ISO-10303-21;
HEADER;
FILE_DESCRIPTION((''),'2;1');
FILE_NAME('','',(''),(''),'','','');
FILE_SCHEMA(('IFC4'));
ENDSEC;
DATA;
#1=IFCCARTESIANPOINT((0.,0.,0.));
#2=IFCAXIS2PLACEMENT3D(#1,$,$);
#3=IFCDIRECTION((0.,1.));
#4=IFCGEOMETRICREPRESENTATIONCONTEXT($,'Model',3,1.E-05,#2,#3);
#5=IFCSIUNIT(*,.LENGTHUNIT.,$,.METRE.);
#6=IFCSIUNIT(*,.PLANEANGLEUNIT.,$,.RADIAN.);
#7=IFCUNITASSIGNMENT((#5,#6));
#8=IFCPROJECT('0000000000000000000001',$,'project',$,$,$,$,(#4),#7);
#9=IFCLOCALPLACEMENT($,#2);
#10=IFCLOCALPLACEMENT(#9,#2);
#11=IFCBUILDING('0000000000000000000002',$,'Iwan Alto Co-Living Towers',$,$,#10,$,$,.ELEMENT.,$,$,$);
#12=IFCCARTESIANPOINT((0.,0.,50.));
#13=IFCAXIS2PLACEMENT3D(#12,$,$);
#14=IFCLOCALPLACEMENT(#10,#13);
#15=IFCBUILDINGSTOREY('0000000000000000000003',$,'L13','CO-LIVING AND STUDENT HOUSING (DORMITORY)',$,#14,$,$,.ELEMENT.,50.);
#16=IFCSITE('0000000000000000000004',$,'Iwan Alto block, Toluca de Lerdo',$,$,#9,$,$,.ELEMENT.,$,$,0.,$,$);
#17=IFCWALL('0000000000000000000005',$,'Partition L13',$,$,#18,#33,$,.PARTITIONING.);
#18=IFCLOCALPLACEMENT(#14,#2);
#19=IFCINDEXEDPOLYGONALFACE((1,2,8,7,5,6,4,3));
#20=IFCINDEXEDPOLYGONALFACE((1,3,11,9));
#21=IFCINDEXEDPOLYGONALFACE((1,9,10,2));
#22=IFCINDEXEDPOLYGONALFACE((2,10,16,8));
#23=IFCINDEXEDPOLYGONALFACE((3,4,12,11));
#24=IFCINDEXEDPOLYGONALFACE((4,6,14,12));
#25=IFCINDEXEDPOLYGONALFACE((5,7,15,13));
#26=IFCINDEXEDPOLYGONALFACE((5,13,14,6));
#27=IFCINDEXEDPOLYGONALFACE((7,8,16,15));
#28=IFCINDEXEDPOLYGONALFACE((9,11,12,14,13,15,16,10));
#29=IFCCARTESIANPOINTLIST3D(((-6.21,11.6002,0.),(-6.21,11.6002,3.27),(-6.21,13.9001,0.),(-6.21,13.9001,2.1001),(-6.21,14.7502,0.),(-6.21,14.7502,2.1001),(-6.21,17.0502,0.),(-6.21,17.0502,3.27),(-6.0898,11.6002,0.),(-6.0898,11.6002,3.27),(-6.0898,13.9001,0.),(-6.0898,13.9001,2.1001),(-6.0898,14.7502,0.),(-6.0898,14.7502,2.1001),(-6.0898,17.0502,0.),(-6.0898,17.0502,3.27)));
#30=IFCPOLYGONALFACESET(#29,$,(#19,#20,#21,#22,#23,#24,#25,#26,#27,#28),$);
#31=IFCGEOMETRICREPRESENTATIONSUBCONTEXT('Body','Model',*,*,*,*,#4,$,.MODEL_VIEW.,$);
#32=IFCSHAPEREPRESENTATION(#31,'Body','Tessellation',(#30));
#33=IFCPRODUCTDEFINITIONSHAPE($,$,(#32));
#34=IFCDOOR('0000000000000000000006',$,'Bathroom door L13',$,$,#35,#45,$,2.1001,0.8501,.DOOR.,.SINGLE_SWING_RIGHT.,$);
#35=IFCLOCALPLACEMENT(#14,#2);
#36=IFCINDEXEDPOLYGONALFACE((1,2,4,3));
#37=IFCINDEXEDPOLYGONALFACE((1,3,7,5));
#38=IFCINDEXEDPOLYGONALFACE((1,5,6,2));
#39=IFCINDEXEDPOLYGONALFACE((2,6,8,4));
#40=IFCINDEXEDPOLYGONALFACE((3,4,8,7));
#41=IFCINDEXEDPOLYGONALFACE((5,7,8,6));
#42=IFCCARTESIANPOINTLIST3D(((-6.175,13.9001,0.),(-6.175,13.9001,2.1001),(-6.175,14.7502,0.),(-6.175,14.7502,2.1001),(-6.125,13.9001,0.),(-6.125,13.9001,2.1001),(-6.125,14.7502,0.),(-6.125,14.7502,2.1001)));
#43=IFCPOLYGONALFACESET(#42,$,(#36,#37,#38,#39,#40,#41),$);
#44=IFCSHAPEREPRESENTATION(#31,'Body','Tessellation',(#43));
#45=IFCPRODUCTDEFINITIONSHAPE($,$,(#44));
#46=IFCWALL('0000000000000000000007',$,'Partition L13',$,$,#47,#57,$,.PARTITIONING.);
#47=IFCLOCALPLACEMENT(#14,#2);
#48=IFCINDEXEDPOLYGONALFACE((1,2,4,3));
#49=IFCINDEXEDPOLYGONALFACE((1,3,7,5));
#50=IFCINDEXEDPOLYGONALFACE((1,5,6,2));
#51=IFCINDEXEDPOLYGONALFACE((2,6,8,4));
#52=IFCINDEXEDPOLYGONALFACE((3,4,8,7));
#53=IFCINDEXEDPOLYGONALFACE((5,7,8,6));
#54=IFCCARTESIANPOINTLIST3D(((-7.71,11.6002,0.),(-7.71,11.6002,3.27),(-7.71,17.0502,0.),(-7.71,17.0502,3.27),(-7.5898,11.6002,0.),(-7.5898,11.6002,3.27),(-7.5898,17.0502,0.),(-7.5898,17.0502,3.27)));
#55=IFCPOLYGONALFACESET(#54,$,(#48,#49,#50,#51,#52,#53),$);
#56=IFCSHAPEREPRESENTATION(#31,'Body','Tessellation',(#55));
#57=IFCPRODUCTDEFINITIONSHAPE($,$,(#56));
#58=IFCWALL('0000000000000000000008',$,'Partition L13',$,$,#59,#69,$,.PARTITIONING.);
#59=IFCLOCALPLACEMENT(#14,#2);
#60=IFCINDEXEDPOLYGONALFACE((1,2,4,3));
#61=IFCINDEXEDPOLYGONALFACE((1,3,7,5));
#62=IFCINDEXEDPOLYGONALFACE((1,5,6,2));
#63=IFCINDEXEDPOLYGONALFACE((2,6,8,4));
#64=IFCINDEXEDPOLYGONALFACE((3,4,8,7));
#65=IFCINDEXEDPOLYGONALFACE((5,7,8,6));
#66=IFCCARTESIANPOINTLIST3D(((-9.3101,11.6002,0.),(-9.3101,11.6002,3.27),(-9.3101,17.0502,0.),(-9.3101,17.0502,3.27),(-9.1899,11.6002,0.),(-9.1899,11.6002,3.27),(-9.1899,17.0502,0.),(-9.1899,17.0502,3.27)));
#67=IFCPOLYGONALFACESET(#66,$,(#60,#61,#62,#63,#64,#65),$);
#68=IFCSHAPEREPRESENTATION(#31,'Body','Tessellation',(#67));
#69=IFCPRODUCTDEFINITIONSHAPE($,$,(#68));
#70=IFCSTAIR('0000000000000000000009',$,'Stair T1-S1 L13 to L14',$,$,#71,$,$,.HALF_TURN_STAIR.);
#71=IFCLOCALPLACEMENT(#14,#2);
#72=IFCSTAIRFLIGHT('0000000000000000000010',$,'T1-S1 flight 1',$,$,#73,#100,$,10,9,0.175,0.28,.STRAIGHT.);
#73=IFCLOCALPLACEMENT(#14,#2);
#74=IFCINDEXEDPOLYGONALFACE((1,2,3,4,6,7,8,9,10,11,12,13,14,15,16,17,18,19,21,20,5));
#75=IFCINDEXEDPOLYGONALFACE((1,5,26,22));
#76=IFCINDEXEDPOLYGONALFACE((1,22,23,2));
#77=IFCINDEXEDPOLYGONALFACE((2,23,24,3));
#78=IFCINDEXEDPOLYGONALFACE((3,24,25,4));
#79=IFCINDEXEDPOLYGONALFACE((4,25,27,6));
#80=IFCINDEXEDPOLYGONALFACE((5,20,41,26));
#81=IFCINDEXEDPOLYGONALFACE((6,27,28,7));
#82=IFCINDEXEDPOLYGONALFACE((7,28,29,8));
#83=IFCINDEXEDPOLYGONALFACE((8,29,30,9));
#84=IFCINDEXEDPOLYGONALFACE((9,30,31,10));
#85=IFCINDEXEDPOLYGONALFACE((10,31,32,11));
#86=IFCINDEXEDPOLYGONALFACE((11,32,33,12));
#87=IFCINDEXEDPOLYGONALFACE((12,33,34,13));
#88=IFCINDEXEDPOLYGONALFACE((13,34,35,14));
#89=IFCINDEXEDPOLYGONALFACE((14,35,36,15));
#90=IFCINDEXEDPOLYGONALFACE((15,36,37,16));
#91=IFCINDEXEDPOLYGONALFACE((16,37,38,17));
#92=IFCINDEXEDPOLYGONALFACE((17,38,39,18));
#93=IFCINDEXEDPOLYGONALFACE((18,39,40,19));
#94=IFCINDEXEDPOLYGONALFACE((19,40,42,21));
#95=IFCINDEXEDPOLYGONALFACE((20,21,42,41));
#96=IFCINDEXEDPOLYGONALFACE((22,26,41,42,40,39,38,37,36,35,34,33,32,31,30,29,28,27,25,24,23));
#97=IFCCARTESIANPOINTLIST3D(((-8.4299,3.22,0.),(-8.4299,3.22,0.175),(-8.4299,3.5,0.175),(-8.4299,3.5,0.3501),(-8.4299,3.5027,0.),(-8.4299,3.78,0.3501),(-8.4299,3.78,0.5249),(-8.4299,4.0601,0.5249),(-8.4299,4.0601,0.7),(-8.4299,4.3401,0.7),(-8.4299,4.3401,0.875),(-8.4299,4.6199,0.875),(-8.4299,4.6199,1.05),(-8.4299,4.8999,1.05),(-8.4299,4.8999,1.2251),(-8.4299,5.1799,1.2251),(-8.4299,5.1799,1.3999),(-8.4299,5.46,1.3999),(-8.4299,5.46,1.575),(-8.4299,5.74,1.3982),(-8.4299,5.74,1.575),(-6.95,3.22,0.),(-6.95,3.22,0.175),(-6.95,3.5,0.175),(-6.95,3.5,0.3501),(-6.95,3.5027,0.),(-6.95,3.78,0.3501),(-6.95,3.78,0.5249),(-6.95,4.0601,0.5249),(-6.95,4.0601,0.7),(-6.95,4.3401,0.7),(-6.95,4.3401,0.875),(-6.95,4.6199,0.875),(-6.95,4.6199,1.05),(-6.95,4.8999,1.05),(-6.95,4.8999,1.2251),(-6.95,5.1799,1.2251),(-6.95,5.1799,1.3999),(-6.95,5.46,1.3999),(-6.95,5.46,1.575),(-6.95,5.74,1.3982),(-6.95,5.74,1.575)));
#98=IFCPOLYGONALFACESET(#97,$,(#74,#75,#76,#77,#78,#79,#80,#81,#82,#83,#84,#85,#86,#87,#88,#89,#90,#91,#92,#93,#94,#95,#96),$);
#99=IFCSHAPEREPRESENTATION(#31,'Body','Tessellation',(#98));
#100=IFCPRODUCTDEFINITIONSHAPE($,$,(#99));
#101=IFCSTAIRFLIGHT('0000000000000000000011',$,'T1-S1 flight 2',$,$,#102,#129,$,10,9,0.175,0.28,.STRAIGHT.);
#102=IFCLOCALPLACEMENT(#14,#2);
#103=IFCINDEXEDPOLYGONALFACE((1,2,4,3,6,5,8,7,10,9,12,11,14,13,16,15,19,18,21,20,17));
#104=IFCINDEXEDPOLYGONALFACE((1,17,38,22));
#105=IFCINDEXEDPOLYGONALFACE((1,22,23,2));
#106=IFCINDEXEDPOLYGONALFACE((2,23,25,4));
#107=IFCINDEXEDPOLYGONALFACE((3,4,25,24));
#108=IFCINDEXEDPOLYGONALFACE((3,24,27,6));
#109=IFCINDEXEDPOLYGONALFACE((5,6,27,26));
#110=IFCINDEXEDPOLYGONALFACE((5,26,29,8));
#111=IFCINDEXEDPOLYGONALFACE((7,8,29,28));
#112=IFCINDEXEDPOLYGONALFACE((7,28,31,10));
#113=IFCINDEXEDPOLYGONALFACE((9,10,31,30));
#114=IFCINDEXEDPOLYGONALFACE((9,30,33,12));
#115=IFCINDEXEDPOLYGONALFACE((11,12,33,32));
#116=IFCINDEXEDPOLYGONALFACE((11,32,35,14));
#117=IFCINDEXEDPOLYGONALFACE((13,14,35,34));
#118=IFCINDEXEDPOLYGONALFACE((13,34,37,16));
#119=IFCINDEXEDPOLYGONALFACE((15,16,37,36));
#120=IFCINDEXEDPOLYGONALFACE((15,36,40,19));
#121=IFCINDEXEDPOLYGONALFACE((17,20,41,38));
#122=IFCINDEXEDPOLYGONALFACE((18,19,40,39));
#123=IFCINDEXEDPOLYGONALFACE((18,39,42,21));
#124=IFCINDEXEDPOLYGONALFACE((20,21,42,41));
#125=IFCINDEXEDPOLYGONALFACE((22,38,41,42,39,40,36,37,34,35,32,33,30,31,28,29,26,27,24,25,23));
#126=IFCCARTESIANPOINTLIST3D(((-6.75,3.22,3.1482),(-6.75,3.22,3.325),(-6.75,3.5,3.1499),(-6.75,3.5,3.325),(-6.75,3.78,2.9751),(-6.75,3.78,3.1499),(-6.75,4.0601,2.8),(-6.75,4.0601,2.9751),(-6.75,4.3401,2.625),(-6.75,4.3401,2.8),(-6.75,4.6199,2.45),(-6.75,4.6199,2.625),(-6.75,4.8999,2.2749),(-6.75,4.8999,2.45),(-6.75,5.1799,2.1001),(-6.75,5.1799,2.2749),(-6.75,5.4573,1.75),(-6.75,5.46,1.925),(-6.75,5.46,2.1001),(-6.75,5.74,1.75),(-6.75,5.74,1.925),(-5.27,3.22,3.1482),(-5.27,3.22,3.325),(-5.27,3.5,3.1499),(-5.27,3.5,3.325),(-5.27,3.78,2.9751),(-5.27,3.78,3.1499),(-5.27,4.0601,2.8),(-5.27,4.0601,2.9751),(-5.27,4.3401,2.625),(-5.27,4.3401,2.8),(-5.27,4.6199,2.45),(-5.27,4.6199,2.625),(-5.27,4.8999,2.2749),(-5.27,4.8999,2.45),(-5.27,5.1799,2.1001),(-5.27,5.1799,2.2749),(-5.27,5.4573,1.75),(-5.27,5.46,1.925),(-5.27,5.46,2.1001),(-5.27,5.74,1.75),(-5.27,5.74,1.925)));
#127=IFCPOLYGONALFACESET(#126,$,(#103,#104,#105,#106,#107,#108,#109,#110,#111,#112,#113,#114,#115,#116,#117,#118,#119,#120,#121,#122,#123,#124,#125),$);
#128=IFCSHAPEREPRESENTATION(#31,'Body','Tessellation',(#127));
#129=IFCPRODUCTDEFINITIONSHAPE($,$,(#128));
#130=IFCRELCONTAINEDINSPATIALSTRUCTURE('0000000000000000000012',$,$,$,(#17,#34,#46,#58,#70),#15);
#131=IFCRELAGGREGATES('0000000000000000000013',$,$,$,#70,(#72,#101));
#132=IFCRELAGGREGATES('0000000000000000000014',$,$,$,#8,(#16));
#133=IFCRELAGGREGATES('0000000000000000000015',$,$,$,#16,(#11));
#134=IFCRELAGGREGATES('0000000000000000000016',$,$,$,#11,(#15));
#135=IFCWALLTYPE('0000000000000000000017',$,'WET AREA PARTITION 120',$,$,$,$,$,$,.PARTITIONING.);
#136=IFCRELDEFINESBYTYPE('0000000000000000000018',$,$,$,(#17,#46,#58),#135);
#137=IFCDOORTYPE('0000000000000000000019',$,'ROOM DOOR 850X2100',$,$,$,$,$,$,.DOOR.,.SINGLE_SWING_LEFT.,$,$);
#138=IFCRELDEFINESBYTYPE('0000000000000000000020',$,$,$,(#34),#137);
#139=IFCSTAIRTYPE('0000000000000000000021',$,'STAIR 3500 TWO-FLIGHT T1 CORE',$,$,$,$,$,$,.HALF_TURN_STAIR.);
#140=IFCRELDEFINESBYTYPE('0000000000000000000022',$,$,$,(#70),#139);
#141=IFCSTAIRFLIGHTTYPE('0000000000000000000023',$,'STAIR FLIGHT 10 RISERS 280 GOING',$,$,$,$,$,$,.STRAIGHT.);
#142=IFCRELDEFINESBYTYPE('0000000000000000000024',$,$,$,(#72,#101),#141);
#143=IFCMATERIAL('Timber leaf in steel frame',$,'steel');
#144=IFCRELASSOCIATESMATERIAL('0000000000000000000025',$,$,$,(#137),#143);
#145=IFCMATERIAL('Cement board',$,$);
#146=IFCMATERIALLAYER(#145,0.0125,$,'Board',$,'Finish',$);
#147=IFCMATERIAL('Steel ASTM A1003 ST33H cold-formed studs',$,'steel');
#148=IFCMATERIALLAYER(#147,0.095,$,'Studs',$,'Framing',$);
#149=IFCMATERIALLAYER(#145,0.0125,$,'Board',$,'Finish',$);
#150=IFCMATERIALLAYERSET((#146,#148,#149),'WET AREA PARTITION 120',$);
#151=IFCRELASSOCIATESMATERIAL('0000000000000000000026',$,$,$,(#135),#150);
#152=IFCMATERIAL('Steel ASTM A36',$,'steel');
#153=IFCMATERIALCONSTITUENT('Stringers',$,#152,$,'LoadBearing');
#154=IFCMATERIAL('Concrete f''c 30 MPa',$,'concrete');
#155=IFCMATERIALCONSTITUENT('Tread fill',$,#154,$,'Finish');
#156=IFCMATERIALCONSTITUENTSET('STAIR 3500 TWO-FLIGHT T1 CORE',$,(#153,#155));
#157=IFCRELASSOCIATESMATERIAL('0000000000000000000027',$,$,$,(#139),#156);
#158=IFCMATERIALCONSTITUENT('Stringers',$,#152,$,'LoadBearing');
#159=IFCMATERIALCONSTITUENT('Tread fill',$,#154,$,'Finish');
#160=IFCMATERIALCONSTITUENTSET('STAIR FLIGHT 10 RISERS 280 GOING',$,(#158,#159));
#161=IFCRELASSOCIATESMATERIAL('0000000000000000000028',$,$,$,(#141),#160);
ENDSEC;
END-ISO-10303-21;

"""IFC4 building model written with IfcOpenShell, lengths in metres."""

from ifc_helpers import new_model, si_unit, direction, frame, frame_2d, origin, place, context, subcontext, project, spatial, polyline, rectangle, outline, extrude, material, layer, layer_set, constituent, constituent_set, type_object, element, fill, aggregate, save


model = new_model("IFC4")

# Units and contexts
model_context = context("Model", 3, precision=1e-05, world=origin(), true_north=direction((0.0, 1.0)))
body_context = subcontext(model_context, "Body", "Model", "MODEL_VIEW")
ifc_project = project(units=[si_unit("LENGTHUNIT", "METRE"), si_unit("PLANEANGLEUNIT", "RADIAN")], contexts=[model_context])

# Site, building, storey
site_placement = place(None, origin())
site = spatial("IfcSite", under=ifc_project, at=site_placement, Name="Iwan Alto block, Toluca de Lerdo", CompositionType="ELEMENT", RefElevation=0.0)
building_placement = place(site_placement, origin())
building = spatial("IfcBuilding", under=site, at=building_placement, Name="Iwan Alto Co-Living Towers", CompositionType="ELEMENT")
storey_placement = place(building_placement, frame((0.0, 0.0, 50.0)))
storey = spatial("IfcBuildingStorey", under=building, at=storey_placement, Name="L13", Description="CO-LIVING AND STUDENT HOUSING (DORMITORY)", CompositionType="ELEMENT", Elevation=50.0)

# Shared definitions
ifc_material_1 = material(Name="Steel ASTM A1003 ST33H cold-formed studs", Category="steel")

# Shared definitions
ifc_material_2 = material(Name="Timber leaf in steel frame", Category="steel")
door_type_1 = type_object("IfcDoorType", Name="ROOM DOOR 850X2100", OperationType="SINGLE_SWING_LEFT", PredefinedType="DOOR", material=ifc_material_2)

# Wall, opening, door
ifc_material_3 = material(Name="Cement board")
ifc_layer_1 = layer(ifc_material_3, 0.0125, Name="Board", Category="Finish")
ifc_layer_2 = layer(ifc_material_1, 0.095, Name="Studs", Category="Framing")
ifc_layer_3 = layer(ifc_material_3, 0.0125, Name="Board", Category="Finish")
ifc_layer_set_1 = layer_set([ifc_layer_1, ifc_layer_2, ifc_layer_3], Name="WET AREA PARTITION 120")
wall_type_1 = type_object("IfcWallType", Name="WET AREA PARTITION 120", PredefinedType="PARTITIONING", material=ifc_layer_set_1)
wall_1_placement = place(storey_placement, frame((-6.1499, 11.6001, 0.0), z_axis=(0.0, 0.0, 1.0), x_axis=(0.0, 1.0, 0.0)))
wall_1 = element("IfcWall", 1, at=wall_1_placement, inside=storey, type_object=wall_type_1, Name="Partition L13", PredefinedType="PARTITIONING", context=body_context, shape_type="SweptSolid", body=[
    extrude(rectangle(XDim=5.45, YDim=0.1201, at=frame_2d((2.7251, 0.0))), origin(), (0.0, 0.0, 1.0), 3.27),
])
opening_1_placement = place(wall_1_placement, frame((2.3, 0.0, 0.0)))
opening_1 = element("IfcOpeningElement", 2, at=opening_1_placement, cuts=wall_1, PredefinedType="OPENING", context=body_context, shape_type="SweptSolid", body=[
    extrude(rectangle(XDim=0.8501, YDim=2.1001, at=frame_2d((0.425, 1.05))), frame((0.0, 0.0701, 0.0), z_axis=(0.0, -1.0, 0.0), x_axis=(1.0, 0.0, 0.0)), (0.0, 0.0, 1.0), 0.1401),
])
door_1_placement = place(opening_1_placement, frame((0.8501, 0.0, 0.0), z_axis=(0.0, 0.0, 1.0), x_axis=(-1.0, 0.0, 0.0)))
door_1 = element("IfcDoor", 3, at=door_1_placement, inside=storey, type_object=door_type_1, Name="Bathroom door L13", OperationType="SINGLE_SWING_RIGHT", OverallHeight=2.1001, OverallWidth=0.8501, PredefinedType="DOOR", context=body_context, shape_type="SweptSolid", body=[
    extrude(rectangle(XDim=0.8501, YDim=2.1001, at=frame_2d((0.425, 1.05))), frame((0.0, 0.0249, 0.0), z_axis=(0.0, -1.0, 0.0), x_axis=(1.0, 0.0, 0.0)), (0.0, 0.0, 1.0), 0.05),
])
fill(opening_1, door_1)

# Walls
for number, where, z_axis, x_axis, name in (
    (4, (-7.6499, 11.6001, 0.0), (0.0, 0.0, 1.0), (0.0, 1.0, 0.0), "Partition L13"),
    (5, (-9.25, 11.6001, 0.0), (0.0, 0.0, 1.0), (0.0, 1.0, 0.0), "Partition L13"),
):
    element("IfcWall", number, at=place(storey_placement, frame(where, z_axis=z_axis, x_axis=x_axis)), inside=storey, type_object=wall_type_1, Name=name, PredefinedType="PARTITIONING", context=body_context, shape_type="SweptSolid", body=[
        extrude(rectangle(XDim=5.45, YDim=0.1201, at=frame_2d((2.7251, 0.0))), origin(), (0.0, 0.0, 1.0), 3.27),
    ])

# Stair, stair flights
ifc_material_4 = material(Name="Steel ASTM A36", Category="steel")
ifc_constituent_1 = constituent(ifc_material_4, Name="Stringers", Category="LoadBearing")
ifc_material_5 = material(Name="Concrete f'c 30 MPa", Category="concrete")
ifc_constituent_2 = constituent(ifc_material_5, Name="Tread fill", Category="Finish")
ifc_constituent_set_1 = constituent_set(constituents=[ifc_constituent_1, ifc_constituent_2], Name="STAIR 3500 TWO-FLIGHT T1 CORE")
stair_type = type_object("IfcStairType", Name="STAIR 3500 TWO-FLIGHT T1 CORE", PredefinedType="HALF_TURN_STAIR", material=ifc_constituent_set_1)
stair_placement = place(storey_placement, origin())
stair = element("IfcStair", 6, at=stair_placement, inside=storey, type_object=stair_type, Name="Stair T1-S1 L13 to L14", PredefinedType="HALF_TURN_STAIR")
ifc_constituent_3 = constituent(ifc_material_4, Name="Stringers", Category="LoadBearing")
ifc_constituent_4 = constituent(ifc_material_5, Name="Tread fill", Category="Finish")
ifc_constituent_set_2 = constituent_set(constituents=[ifc_constituent_3, ifc_constituent_4], Name="STAIR FLIGHT 10 RISERS 280 GOING")
stair_flight_type = type_object("IfcStairFlightType", Name="STAIR FLIGHT 10 RISERS 280 GOING", PredefinedType="STRAIGHT", material=ifc_constituent_set_2)
stair_flight_1_placement = place(storey_placement, frame((-7.6899, 3.22, 0.0), z_axis=(0.0, 0.0, 1.0), x_axis=(0.0, 1.0, 0.0)))
stair_flight_1 = element("IfcStairFlight", 7, at=stair_flight_1_placement, type_object=stair_flight_type, Name="T1-S1 flight 1", NumberOfRisers=10, NumberOfTreads=9, PredefinedType="STRAIGHT", RiserHeight=0.175, TreadLength=0.28, context=body_context, shape_type="SweptSolid", body=[
    extrude(outline(polyline([(0.0, 0.0), (0.0, 0.175), (0.28, 0.175), (0.28, 0.3501), (0.5601, 0.3501), (0.5601, 0.5249), (0.8401, 0.5249), (0.8401, 0.7), (1.1201, 0.7), (1.1201, 0.875), (1.3999, 0.875), (1.3999, 1.05), (1.6799, 1.05), (1.6799, 1.2251), (1.96, 1.2251), (1.96, 1.3999), (2.24, 1.3999), (2.24, 1.575), (2.52, 1.575), (2.52, 1.75), (2.52, 1.3982), (0.2827, 0.0), (0.0, 0.0)])), frame((0.0, 0.74, 0.0), z_axis=(0.0, -1.0, 0.0), x_axis=(1.0, 0.0, 0.0)), (0.0, 0.0, 1.0), 1.48),
])
stair_flight_2_placement = place(storey_placement, frame((-6.01, 5.74, 1.75), z_axis=(0.0, 0.0, 1.0), x_axis=(0.0, -1.0, 0.0)))
stair_flight_2 = element("IfcStairFlight", 8, at=stair_flight_2_placement, type_object=stair_flight_type, Name="T1-S1 flight 2", NumberOfRisers=10, NumberOfTreads=9, PredefinedType="STRAIGHT", RiserHeight=0.175, TreadLength=0.28, context=body_context, shape_type="SweptSolid", body=[
    extrude(outline(polyline([(0.0, 0.0), (0.0, 0.175), (0.28, 0.175), (0.28, 0.3501), (0.5601, 0.3501), (0.5601, 0.5249), (0.8401, 0.5249), (0.8401, 0.7), (1.1201, 0.7), (1.1201, 0.875), (1.3999, 0.875), (1.3999, 1.05), (1.6799, 1.05), (1.6799, 1.2251), (1.96, 1.2251), (1.96, 1.3999), (2.24, 1.3999), (2.24, 1.575), (2.52, 1.575), (2.52, 1.75), (2.52, 1.3982), (0.2827, 0.0), (0.0, 0.0)])), frame((0.0, 0.74, 0.0), z_axis=(0.0, -1.0, 0.0), x_axis=(1.0, 0.0, 0.0)), (0.0, 0.0, 1.0), 1.48),
])
aggregate(stair, [stair_flight_1, stair_flight_2])

save(model, "model.ifc")
